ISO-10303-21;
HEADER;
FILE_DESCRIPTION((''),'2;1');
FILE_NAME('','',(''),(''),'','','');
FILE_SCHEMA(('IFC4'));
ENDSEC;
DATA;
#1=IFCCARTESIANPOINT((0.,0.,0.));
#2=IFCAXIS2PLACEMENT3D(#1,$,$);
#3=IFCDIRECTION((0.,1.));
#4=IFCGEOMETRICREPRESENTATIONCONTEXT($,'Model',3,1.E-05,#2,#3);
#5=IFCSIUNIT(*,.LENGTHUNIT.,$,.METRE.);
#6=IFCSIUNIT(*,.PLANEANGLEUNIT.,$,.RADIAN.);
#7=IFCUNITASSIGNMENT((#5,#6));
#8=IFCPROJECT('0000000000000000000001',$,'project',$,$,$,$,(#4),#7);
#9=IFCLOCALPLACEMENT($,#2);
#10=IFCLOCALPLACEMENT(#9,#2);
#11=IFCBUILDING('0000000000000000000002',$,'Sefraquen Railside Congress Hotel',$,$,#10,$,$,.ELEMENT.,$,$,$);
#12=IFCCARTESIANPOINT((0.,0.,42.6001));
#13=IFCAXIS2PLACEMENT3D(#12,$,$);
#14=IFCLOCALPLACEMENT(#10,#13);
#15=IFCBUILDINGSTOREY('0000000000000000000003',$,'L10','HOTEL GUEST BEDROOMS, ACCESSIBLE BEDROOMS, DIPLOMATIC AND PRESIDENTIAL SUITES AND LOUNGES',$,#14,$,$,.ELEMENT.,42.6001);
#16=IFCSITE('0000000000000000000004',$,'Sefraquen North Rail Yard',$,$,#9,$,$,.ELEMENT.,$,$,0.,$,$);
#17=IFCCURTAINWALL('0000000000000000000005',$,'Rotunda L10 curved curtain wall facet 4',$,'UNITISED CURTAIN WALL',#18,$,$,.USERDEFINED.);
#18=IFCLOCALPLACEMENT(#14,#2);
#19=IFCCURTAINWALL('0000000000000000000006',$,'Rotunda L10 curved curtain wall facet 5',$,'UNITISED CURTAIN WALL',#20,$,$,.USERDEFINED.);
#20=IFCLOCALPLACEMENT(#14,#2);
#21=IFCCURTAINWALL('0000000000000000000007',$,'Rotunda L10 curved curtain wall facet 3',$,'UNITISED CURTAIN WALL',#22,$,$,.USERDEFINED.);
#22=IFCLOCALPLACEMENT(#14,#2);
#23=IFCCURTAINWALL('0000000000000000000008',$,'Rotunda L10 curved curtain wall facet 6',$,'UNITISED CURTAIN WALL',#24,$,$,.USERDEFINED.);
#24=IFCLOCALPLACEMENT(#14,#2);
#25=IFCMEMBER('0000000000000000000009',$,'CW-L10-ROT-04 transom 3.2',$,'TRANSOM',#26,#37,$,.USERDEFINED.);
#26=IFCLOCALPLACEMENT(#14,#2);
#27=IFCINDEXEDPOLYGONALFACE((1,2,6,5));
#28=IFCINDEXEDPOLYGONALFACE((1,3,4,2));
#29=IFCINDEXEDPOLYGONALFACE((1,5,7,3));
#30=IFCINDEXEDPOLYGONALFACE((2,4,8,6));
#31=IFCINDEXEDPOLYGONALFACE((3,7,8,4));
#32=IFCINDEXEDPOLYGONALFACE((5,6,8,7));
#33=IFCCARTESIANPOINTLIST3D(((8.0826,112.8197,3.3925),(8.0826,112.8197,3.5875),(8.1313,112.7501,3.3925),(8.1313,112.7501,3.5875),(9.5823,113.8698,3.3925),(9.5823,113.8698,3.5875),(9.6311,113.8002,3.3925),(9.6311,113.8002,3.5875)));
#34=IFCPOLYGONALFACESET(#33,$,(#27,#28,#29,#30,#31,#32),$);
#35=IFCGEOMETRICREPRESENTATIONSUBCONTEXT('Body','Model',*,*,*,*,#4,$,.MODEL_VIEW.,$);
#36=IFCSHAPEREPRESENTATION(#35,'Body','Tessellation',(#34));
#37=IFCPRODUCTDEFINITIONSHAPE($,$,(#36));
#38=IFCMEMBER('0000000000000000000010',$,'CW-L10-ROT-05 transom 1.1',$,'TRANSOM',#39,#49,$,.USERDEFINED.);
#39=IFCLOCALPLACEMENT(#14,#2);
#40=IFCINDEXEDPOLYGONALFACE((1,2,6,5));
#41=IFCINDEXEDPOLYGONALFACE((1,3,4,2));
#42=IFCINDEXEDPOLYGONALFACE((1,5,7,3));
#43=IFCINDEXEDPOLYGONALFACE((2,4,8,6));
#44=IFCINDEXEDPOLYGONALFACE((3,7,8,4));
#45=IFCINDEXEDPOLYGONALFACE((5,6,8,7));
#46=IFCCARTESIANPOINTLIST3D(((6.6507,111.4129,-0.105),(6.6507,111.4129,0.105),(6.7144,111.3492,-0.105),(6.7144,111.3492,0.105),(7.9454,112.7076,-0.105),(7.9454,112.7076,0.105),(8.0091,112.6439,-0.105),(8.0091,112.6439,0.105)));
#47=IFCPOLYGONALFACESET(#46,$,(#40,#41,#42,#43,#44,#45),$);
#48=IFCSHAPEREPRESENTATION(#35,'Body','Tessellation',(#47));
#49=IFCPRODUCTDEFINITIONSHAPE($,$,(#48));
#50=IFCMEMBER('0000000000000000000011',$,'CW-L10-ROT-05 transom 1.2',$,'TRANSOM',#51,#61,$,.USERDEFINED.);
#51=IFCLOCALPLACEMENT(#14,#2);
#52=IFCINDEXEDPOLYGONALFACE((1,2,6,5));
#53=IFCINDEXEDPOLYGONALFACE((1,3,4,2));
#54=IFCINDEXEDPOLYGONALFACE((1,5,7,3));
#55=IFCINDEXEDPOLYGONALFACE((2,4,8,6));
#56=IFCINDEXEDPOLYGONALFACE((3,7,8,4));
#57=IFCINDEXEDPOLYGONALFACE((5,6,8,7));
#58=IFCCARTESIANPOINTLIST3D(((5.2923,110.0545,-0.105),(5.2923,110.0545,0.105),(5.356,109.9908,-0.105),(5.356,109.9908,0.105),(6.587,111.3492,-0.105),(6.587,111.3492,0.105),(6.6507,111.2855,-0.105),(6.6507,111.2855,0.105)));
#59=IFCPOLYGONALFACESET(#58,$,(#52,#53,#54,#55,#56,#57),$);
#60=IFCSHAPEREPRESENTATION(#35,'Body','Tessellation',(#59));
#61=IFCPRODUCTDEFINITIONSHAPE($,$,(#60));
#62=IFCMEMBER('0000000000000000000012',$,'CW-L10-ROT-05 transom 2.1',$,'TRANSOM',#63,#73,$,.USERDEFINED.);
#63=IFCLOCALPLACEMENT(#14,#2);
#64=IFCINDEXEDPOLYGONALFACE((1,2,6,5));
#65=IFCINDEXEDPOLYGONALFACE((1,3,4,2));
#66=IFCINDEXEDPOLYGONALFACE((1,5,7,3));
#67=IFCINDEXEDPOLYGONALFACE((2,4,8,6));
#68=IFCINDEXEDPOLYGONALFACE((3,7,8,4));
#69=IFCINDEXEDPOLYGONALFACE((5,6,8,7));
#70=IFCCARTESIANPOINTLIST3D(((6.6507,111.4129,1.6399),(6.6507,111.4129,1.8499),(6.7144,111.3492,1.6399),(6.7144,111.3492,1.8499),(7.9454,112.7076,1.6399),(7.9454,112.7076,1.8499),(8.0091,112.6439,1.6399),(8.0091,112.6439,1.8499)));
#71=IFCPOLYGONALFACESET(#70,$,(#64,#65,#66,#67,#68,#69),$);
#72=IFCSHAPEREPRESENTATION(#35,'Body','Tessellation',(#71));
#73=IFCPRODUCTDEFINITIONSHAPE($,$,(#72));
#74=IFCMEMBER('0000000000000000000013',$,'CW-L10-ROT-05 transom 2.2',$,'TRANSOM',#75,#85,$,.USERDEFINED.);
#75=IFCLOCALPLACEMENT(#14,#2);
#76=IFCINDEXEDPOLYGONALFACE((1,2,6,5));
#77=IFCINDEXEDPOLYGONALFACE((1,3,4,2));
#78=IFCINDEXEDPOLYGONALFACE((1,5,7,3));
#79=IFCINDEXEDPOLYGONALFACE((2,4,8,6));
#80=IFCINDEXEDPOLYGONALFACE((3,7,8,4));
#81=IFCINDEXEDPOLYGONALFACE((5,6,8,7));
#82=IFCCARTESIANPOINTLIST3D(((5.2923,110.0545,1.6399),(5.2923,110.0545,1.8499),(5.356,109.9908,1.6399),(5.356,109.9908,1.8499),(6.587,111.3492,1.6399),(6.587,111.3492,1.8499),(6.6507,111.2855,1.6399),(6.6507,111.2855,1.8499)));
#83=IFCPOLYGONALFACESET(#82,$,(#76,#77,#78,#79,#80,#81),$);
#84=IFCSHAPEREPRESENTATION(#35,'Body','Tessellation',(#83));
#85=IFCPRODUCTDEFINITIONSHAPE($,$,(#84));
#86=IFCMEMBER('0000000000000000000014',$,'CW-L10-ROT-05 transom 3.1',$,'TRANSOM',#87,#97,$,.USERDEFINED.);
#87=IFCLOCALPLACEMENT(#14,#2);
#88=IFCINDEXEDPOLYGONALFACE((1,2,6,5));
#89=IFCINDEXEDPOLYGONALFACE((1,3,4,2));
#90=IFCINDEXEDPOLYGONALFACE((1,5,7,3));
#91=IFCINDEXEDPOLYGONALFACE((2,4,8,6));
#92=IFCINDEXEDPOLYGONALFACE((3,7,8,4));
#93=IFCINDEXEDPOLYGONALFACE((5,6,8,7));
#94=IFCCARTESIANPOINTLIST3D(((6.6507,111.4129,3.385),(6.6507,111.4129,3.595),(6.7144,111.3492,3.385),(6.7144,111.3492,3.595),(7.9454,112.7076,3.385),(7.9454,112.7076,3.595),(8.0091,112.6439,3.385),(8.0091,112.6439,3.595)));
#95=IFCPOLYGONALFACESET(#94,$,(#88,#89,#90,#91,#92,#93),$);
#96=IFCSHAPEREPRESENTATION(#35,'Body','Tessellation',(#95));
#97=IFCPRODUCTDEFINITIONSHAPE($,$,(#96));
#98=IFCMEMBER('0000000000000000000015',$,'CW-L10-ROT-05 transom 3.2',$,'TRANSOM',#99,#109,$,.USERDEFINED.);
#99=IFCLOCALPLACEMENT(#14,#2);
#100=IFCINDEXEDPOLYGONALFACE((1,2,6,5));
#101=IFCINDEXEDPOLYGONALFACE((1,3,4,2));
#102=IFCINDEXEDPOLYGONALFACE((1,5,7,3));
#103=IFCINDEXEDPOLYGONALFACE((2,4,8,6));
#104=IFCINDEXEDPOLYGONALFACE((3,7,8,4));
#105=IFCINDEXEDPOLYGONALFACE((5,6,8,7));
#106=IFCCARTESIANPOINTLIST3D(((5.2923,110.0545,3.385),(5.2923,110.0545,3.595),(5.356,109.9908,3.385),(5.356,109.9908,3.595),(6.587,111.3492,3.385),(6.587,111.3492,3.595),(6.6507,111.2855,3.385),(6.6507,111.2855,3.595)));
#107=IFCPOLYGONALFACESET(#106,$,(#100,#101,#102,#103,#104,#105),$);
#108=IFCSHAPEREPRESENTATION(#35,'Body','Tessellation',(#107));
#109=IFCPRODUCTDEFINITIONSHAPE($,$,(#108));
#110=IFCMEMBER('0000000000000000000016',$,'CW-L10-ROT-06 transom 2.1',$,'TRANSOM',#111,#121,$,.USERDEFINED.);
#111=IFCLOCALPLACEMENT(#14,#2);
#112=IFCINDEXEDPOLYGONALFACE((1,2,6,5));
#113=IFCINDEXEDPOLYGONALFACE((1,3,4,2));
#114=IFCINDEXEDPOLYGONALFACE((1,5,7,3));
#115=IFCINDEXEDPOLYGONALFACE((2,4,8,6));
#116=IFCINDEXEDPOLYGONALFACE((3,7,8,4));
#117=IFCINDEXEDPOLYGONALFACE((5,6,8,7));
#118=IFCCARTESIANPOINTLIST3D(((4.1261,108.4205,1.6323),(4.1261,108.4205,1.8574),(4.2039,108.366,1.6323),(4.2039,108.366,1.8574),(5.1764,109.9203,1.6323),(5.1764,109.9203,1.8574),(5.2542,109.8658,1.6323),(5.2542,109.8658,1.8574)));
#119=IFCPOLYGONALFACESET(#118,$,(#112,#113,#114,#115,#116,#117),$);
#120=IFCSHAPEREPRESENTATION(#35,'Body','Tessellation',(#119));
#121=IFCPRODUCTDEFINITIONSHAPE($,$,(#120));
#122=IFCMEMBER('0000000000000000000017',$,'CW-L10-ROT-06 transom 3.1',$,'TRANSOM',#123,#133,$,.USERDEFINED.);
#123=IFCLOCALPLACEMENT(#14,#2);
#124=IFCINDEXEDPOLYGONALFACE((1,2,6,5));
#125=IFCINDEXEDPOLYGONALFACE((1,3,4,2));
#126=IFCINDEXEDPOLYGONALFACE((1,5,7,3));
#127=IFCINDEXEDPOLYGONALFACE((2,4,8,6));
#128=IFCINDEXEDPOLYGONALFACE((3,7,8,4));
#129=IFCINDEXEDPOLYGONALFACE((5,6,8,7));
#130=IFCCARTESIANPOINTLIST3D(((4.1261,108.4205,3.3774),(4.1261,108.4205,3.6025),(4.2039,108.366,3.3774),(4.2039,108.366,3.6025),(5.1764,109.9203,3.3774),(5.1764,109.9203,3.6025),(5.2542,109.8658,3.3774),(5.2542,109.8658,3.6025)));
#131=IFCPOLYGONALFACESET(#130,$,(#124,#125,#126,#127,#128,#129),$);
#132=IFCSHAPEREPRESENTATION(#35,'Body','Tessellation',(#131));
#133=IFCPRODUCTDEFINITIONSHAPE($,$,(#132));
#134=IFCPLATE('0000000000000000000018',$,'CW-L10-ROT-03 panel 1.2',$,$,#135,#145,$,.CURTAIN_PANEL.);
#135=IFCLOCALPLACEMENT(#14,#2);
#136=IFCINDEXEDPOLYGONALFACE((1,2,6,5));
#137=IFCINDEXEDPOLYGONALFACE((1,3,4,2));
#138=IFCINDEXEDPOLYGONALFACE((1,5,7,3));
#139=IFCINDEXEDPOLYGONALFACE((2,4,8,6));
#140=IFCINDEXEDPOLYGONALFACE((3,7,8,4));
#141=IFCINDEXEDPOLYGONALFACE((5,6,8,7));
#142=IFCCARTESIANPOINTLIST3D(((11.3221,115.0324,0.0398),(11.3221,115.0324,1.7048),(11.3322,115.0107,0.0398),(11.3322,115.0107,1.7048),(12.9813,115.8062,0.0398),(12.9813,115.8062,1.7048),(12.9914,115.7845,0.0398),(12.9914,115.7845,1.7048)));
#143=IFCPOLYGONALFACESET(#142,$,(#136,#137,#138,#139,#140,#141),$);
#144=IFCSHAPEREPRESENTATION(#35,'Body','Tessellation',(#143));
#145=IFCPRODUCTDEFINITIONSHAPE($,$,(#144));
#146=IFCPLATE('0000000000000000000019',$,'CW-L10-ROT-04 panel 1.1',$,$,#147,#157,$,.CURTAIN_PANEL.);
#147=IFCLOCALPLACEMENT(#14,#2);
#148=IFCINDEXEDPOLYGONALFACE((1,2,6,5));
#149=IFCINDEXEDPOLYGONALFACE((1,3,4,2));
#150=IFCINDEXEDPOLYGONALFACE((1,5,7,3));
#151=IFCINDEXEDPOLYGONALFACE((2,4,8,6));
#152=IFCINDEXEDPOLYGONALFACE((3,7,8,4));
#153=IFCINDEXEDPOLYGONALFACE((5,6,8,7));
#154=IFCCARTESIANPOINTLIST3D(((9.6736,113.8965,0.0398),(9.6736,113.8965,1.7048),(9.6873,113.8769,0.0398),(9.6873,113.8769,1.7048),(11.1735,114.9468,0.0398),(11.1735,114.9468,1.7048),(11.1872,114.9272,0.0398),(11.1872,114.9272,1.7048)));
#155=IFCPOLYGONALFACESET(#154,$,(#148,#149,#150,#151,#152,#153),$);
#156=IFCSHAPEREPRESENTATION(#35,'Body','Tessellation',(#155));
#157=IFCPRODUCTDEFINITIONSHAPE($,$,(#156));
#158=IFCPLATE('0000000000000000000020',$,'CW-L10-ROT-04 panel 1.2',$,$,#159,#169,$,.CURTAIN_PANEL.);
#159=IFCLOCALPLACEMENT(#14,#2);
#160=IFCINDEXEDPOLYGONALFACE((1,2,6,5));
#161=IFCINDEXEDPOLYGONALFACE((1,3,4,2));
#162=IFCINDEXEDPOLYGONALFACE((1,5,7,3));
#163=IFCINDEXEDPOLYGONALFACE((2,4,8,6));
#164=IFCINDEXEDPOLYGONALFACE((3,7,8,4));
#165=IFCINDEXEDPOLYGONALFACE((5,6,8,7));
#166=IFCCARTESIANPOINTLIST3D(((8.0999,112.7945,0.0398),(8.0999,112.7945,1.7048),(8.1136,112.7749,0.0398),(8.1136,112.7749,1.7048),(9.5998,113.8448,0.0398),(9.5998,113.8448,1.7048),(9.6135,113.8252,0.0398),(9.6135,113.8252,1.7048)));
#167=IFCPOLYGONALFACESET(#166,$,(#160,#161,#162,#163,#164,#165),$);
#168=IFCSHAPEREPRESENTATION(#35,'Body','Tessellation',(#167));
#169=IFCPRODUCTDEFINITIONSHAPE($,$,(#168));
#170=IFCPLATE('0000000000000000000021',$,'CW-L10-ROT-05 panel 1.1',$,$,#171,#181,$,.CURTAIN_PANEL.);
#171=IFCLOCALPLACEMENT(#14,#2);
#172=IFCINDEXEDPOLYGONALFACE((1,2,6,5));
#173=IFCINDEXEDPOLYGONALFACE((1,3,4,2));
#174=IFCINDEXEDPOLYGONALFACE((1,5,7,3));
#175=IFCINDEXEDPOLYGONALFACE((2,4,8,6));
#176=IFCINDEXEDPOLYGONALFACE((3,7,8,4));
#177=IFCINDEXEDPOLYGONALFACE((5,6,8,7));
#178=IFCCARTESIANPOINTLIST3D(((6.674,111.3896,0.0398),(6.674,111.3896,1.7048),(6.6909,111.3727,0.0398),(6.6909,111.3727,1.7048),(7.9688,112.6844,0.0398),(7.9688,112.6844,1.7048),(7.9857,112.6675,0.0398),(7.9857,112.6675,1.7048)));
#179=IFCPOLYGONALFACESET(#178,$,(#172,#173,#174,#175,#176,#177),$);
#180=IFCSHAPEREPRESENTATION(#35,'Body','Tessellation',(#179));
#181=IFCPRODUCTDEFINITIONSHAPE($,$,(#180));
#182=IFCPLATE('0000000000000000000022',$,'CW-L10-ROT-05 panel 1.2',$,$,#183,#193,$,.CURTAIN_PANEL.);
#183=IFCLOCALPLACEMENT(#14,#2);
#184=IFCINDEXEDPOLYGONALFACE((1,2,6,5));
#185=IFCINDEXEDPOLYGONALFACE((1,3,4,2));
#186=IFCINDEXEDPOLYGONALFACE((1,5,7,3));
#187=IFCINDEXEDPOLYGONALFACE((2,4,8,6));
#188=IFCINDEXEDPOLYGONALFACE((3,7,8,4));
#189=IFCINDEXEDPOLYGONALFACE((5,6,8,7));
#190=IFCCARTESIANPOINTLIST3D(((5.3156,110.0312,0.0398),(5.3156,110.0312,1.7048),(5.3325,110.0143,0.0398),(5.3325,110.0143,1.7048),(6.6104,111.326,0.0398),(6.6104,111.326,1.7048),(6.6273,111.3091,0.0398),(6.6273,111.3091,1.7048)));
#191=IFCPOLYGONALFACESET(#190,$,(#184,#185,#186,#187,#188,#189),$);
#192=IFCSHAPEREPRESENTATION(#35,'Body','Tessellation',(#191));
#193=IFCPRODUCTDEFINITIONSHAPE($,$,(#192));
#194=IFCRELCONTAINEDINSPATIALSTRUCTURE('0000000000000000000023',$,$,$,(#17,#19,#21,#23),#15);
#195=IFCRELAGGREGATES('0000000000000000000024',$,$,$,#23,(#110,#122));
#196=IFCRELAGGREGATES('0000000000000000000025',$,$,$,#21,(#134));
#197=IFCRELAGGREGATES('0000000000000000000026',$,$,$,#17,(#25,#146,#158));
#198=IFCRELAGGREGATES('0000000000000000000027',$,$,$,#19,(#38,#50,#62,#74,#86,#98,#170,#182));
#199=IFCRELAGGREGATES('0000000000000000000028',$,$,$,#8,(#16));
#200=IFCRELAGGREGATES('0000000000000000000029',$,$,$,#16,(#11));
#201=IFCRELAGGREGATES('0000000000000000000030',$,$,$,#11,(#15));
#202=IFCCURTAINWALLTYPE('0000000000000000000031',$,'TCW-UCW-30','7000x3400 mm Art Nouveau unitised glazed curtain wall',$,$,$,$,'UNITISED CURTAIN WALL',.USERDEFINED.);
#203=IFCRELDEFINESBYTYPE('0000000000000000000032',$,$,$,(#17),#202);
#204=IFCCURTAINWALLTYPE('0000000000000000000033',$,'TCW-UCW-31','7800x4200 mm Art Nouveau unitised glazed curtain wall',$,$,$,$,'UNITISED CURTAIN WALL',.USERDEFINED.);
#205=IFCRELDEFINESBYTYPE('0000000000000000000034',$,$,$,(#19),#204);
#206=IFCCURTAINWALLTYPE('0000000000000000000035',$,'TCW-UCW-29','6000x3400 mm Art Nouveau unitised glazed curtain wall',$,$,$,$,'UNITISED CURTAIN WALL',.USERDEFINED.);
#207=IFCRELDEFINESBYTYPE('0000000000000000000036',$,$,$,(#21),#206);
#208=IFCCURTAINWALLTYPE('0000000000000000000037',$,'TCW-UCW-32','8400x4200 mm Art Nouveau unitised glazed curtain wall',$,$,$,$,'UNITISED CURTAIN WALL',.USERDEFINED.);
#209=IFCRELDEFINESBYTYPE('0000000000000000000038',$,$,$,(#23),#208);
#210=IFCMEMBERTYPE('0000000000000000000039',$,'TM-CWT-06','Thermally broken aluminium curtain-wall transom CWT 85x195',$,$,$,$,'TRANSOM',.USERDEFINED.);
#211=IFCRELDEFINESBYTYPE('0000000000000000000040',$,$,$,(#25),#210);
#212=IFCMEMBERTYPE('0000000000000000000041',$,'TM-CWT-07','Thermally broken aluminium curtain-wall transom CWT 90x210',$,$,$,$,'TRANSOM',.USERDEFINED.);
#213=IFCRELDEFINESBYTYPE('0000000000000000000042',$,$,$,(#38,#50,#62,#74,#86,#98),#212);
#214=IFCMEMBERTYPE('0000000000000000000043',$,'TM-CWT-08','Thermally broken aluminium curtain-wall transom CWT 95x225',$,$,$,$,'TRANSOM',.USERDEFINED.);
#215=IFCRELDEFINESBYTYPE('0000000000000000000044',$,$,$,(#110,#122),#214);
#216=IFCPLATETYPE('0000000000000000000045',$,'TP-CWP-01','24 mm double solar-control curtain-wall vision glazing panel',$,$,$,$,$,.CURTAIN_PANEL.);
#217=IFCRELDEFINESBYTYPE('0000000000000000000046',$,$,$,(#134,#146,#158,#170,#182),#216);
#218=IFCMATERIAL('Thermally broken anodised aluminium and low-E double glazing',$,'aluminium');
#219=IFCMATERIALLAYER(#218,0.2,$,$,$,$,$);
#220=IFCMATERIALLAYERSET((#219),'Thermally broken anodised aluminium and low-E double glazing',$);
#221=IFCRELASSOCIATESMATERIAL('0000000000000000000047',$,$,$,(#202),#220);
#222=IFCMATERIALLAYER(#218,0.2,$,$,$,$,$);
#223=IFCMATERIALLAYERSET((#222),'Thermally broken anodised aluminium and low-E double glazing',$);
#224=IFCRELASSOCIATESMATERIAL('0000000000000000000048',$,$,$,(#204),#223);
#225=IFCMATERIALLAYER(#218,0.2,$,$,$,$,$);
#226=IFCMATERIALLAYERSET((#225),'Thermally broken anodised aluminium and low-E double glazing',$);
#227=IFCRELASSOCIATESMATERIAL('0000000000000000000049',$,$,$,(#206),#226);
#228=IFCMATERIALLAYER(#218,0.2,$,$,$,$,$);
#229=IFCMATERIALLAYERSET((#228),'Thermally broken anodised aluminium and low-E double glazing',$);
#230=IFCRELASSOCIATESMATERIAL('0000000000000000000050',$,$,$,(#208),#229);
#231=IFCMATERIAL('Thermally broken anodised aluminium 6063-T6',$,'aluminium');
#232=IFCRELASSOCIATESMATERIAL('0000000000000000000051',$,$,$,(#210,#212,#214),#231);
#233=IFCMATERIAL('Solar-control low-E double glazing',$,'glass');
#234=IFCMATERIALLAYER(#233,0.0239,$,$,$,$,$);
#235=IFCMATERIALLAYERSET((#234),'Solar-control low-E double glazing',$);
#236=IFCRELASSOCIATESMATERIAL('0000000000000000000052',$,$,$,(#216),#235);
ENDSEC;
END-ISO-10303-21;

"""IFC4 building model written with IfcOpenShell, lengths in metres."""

from ifc_helpers import new_model, si_unit, direction, frame, origin, origin_2d, place, context, subcontext, project, spatial, rectangle, extrude, material, layer, layer_set, material_profile, profile_set, type_object, element, aggregate, save


model = new_model("IFC4")

# Units and contexts
model_context = context("Model", 3, precision=1e-05, world=origin(), true_north=direction((0.0, 1.0)))
body_context = subcontext(model_context, "Body", "Model", "MODEL_VIEW")
ifc_project = project(units=[si_unit("LENGTHUNIT", "METRE"), si_unit("PLANEANGLEUNIT", "RADIAN")], contexts=[model_context])

# Site, building, storey
site_placement = place(None, origin())
site = spatial("IfcSite", under=ifc_project, at=site_placement, Name="Sefraquen North Rail Yard", CompositionType="ELEMENT", RefElevation=0.0)
building_placement = place(site_placement, origin())
building = spatial("IfcBuilding", under=site, at=building_placement, Name="Sefraquen Railside Congress Hotel", CompositionType="ELEMENT")
storey_placement = place(building_placement, frame((0.0, 0.0, 42.6001)))
storey = spatial("IfcBuildingStorey", under=building, at=storey_placement, Name="L10", Description="HOTEL GUEST BEDROOMS, ACCESSIBLE BEDROOMS, DIPLOMATIC AND PRESIDENTIAL SUITES AND LOUNGES", CompositionType="ELEMENT", Elevation=42.6001)

# Curtain walls
ifc_material_1 = material(Name="Thermally broken anodised aluminium and low-E double glazing", Category="aluminium")
ifc_layer_1 = layer(ifc_material_1, 0.2)
ifc_layer_set_1 = layer_set([ifc_layer_1], Name="Thermally broken anodised aluminium and low-E double glazing")
curtain_wall_type_1 = type_object("IfcCurtainWallType", Name="TCW-UCW-30", Description="7000x3400 mm Art Nouveau unitised glazed curtain wall", ElementType="UNITISED CURTAIN WALL", PredefinedType="USERDEFINED", material=ifc_layer_set_1)
curtain_wall_1_placement = place(storey_placement, origin())
curtain_wall_1 = element("IfcCurtainWall", 1, at=curtain_wall_1_placement, inside=storey, type_object=curtain_wall_type_1, Name="Rotunda L10 curved curtain wall facet 4", ObjectType="UNITISED CURTAIN WALL", PredefinedType="USERDEFINED")
ifc_material_2 = material(Name="Thermally broken anodised aluminium 6063-T6", Category="aluminium")
ifc_layer_2 = layer(ifc_material_1, 0.2)
ifc_layer_set_2 = layer_set([ifc_layer_2], Name="Thermally broken anodised aluminium and low-E double glazing")
curtain_wall_type_2 = type_object("IfcCurtainWallType", Name="TCW-UCW-31", Description="7800x4200 mm Art Nouveau unitised glazed curtain wall", ElementType="UNITISED CURTAIN WALL", PredefinedType="USERDEFINED", material=ifc_layer_set_2)
curtain_wall_2_placement = place(storey_placement, origin())
curtain_wall_2 = element("IfcCurtainWall", 2, at=curtain_wall_2_placement, inside=storey, type_object=curtain_wall_type_2, Name="Rotunda L10 curved curtain wall facet 5", ObjectType="UNITISED CURTAIN WALL", PredefinedType="USERDEFINED")
ifc_layer_3 = layer(ifc_material_1, 0.2)
ifc_layer_set_3 = layer_set([ifc_layer_3], Name="Thermally broken anodised aluminium and low-E double glazing")
curtain_wall_type_3 = type_object("IfcCurtainWallType", Name="TCW-UCW-29", Description="6000x3400 mm Art Nouveau unitised glazed curtain wall", ElementType="UNITISED CURTAIN WALL", PredefinedType="USERDEFINED", material=ifc_layer_set_3)
curtain_wall_3_placement = place(storey_placement, origin())
curtain_wall_3 = element("IfcCurtainWall", 3, at=curtain_wall_3_placement, inside=storey, type_object=curtain_wall_type_3, Name="Rotunda L10 curved curtain wall facet 3", ObjectType="UNITISED CURTAIN WALL", PredefinedType="USERDEFINED")

# Curtain wall
ifc_layer_4 = layer(ifc_material_1, 0.2)
ifc_layer_set_4 = layer_set([ifc_layer_4], Name="Thermally broken anodised aluminium and low-E double glazing")
curtain_wall_type_4 = type_object("IfcCurtainWallType", Name="TCW-UCW-32", Description="8400x4200 mm Art Nouveau unitised glazed curtain wall", ElementType="UNITISED CURTAIN WALL", PredefinedType="USERDEFINED", material=ifc_layer_set_4)
curtain_wall_4_placement = place(storey_placement, origin())
curtain_wall_4 = element("IfcCurtainWall", 4, at=curtain_wall_4_placement, inside=storey, type_object=curtain_wall_type_4, Name="Rotunda L10 curved curtain wall facet 6", ObjectType="UNITISED CURTAIN WALL", PredefinedType="USERDEFINED")

# Members
ifc_material_profile_1 = material_profile(ifc_material_2, rectangle(XDim=0.085, YDim=0.1951, at=origin_2d()), Name="CWT 85x195")
ifc_profile_set_1 = profile_set([ifc_material_profile_1], Name="Thermally broken anodised aluminium 6063-T6")
member_type_1 = type_object("IfcMemberType", Name="TM-CWT-06", Description="Thermally broken aluminium curtain-wall transom CWT 85x195", ElementType="TRANSOM", PredefinedType="USERDEFINED", material=ifc_profile_set_1)
member_1_placement = place(storey_placement, frame((9.6067, 113.835, 3.49), z_axis=(-0.819176, -0.573543, 0.0), x_axis=(0.573543, -0.819176, 0.0)))
member_1 = element("IfcMember", 5, at=member_1_placement, type_object=member_type_1, Name="CW-L10-ROT-04 transom 3.2", ObjectType="TRANSOM", PredefinedType="USERDEFINED", context=body_context, shape_type="SweptSolid", body=[
    extrude(rectangle(XDim=0.085, YDim=0.1951, at=origin_2d()), origin(), (0.0, 0.0, 1.0), 1.8308),
])
ifc_material_profile_2 = material_profile(ifc_material_2, rectangle(XDim=0.0901, YDim=0.21, at=origin_2d()), Name="CWT 90x210")
ifc_profile_set_2 = profile_set([ifc_material_profile_2], Name="Thermally broken anodised aluminium 6063-T6")
member_type_2 = type_object("IfcMemberType", Name="TM-CWT-07", Description="Thermally broken aluminium curtain-wall transom CWT 90x210", ElementType="TRANSOM", PredefinedType="USERDEFINED", material=ifc_profile_set_2)
member_2_placement = place(storey_placement, frame((7.9773, 112.6758, 0.0), z_axis=(-0.707107, -0.707107, 0.0), x_axis=(0.707107, -0.707107, 0.0)))
member_2 = element("IfcMember", 6, at=member_2_placement, type_object=member_type_2, Name="CW-L10-ROT-05 transom 1.1", ObjectType="TRANSOM", PredefinedType="USERDEFINED", context=body_context, shape_type="SweptSolid", body=[
    extrude(rectangle(XDim=0.0901, YDim=0.21, at=origin_2d()), origin(), (0.0, 0.0, 1.0), 1.8311),
])
member_3_placement = place(storey_placement, frame((6.6189, 111.3174, 0.0), z_axis=(-0.707107, -0.707107, 0.0), x_axis=(0.707107, -0.707107, 0.0)))
member_3 = element("IfcMember", 7, at=member_3_placement, type_object=member_type_2, Name="CW-L10-ROT-05 transom 1.2", ObjectType="TRANSOM", PredefinedType="USERDEFINED", context=body_context, shape_type="SweptSolid", body=[
    extrude(rectangle(XDim=0.0901, YDim=0.21, at=origin_2d()), origin(), (0.0, 0.0, 1.0), 1.8311),
])
member_4_placement = place(storey_placement, frame((7.9773, 112.6758, 1.7449), z_axis=(-0.707107, -0.707107, 0.0), x_axis=(0.707107, -0.707107, 0.0)))
member_4 = element("IfcMember", 8, at=member_4_placement, type_object=member_type_2, Name="CW-L10-ROT-05 transom 2.1", ObjectType="TRANSOM", PredefinedType="USERDEFINED", context=body_context, shape_type="SweptSolid", body=[
    extrude(rectangle(XDim=0.0901, YDim=0.21, at=origin_2d()), origin(), (0.0, 0.0, 1.0), 1.8311),
])
member_5_placement = place(storey_placement, frame((6.6189, 111.3174, 1.7449), z_axis=(-0.707107, -0.707107, 0.0), x_axis=(0.707107, -0.707107, 0.0)))
member_5 = element("IfcMember", 9, at=member_5_placement, type_object=member_type_2, Name="CW-L10-ROT-05 transom 2.2", ObjectType="TRANSOM", PredefinedType="USERDEFINED", context=body_context, shape_type="SweptSolid", body=[
    extrude(rectangle(XDim=0.0901, YDim=0.21, at=origin_2d()), origin(), (0.0, 0.0, 1.0), 1.8311),
])
member_6_placement = place(storey_placement, frame((7.9773, 112.6758, 3.49), z_axis=(-0.707107, -0.707107, 0.0), x_axis=(0.707107, -0.707107, 0.0)))
member_6 = element("IfcMember", 10, at=member_6_placement, type_object=member_type_2, Name="CW-L10-ROT-05 transom 3.1", ObjectType="TRANSOM", PredefinedType="USERDEFINED", context=body_context, shape_type="SweptSolid", body=[
    extrude(rectangle(XDim=0.0901, YDim=0.21, at=origin_2d()), origin(), (0.0, 0.0, 1.0), 1.8311),
])
member_7_placement = place(storey_placement, frame((6.6189, 111.3174, 3.49), z_axis=(-0.707107, -0.707107, 0.0), x_axis=(0.707107, -0.707107, 0.0)))
member_7 = element("IfcMember", 11, at=member_7_placement, type_object=member_type_2, Name="CW-L10-ROT-05 transom 3.2", ObjectType="TRANSOM", PredefinedType="USERDEFINED", context=body_context, shape_type="SweptSolid", body=[
    extrude(rectangle(XDim=0.0901, YDim=0.21, at=origin_2d()), origin(), (0.0, 0.0, 1.0), 1.8311),
])
ifc_material_profile_3 = material_profile(ifc_material_2, rectangle(XDim=0.095, YDim=0.2251, at=origin_2d()), Name="CWT 95x225")
ifc_profile_set_3 = profile_set([ifc_material_profile_3], Name="Thermally broken anodised aluminium 6063-T6")
member_type_3 = type_object("IfcMemberType", Name="TM-CWT-08", Description="Thermally broken aluminium curtain-wall transom CWT 95x225", ElementType="TRANSOM", PredefinedType="USERDEFINED", material=ifc_profile_set_3)
member_8_placement = place(storey_placement, frame((5.2153, 109.8931, 1.7449), z_axis=(-0.573632, -0.819113, 0.0), x_axis=(0.819113, -0.573632, 0.0)))
member_8 = element("IfcMember", 12, at=member_8_placement, type_object=member_type_3, Name="CW-L10-ROT-06 transom 2.1", ObjectType="TRANSOM", PredefinedType="USERDEFINED", context=body_context, shape_type="SweptSolid", body=[
    extrude(rectangle(XDim=0.095, YDim=0.2251, at=origin_2d()), origin(), (0.0, 0.0, 1.0), 1.8311),
])
member_9_placement = place(storey_placement, frame((5.2153, 109.8931, 3.49), z_axis=(-0.573632, -0.819113, 0.0), x_axis=(0.819113, -0.573632, 0.0)))
member_9 = element("IfcMember", 13, at=member_9_placement, type_object=member_type_3, Name="CW-L10-ROT-06 transom 3.1", ObjectType="TRANSOM", PredefinedType="USERDEFINED", context=body_context, shape_type="SweptSolid", body=[
    extrude(rectangle(XDim=0.095, YDim=0.2251, at=origin_2d()), origin(), (0.0, 0.0, 1.0), 1.8311),
])
aggregate(curtain_wall_4, [member_8, member_9])

# Plates
ifc_material_3 = material(Name="Solar-control low-E double glazing", Category="glass")
ifc_layer_5 = layer(ifc_material_3, 0.0239)
ifc_layer_set_5 = layer_set([ifc_layer_5], Name="Solar-control low-E double glazing")
plate_type_1 = type_object("IfcPlateType", Name="TP-CWP-01", Description="24 mm double solar-control curtain-wall vision glazing panel", PredefinedType="CURTAIN_PANEL", material=ifc_layer_set_5)
plate_1_placement = place(storey_placement, frame((12.1567, 115.4084, 0.0398), z_axis=(0.0, 0.0, 1.0), x_axis=(-0.9063, -0.422634, 0.0)))
plate_1 = element("IfcPlate", 14, at=plate_1_placement, type_object=plate_type_1, Name="CW-L10-ROT-03 panel 1.2", PredefinedType="CURTAIN_PANEL", context=body_context, shape_type="SweptSolid", body=[
    extrude(rectangle(XDim=1.8308, YDim=0.0239, at=origin_2d()), origin(), (0.0, 0.0, 1.0), 1.665),
])
plate_2_placement = place(storey_placement, frame((10.4304, 114.4119, 0.0398), z_axis=(0.0, 0.0, 1.0), x_axis=(-0.819132, -0.573605, 0.0)))
plate_2 = element("IfcPlate", 15, at=plate_2_placement, type_object=plate_type_1, Name="CW-L10-ROT-04 panel 1.1", PredefinedType="CURTAIN_PANEL", context=body_context, shape_type="SweptSolid", body=[
    extrude(rectangle(XDim=1.8311, YDim=0.0239, at=origin_2d()), origin(), (0.0, 0.0, 1.0), 1.665),
])
plate_3_placement = place(storey_placement, frame((8.8567, 113.3098, 0.0398), z_axis=(0.0, 0.0, 1.0), x_axis=(-0.819132, -0.573605, 0.0)))
plate_3 = element("IfcPlate", 16, at=plate_3_placement, type_object=plate_type_1, Name="CW-L10-ROT-04 panel 1.2", PredefinedType="CURTAIN_PANEL", context=body_context, shape_type="SweptSolid", body=[
    extrude(rectangle(XDim=1.8311, YDim=0.0239, at=origin_2d()), origin(), (0.0, 0.0, 1.0), 1.665),
])
plate_4_placement = place(storey_placement, frame((7.3298, 112.0286, 0.0398), z_axis=(0.0, 0.0, 1.0), x_axis=(-0.707107, -0.707107, 0.0)))
plate_4 = element("IfcPlate", 17, at=plate_4_placement, type_object=plate_type_1, Name="CW-L10-ROT-05 panel 1.1", PredefinedType="CURTAIN_PANEL", context=body_context, shape_type="SweptSolid", body=[
    extrude(rectangle(XDim=1.8311, YDim=0.0239, at=origin_2d()), origin(), (0.0, 0.0, 1.0), 1.665),
])
plate_5_placement = place(storey_placement, frame((5.9714, 110.6702, 0.0398), z_axis=(0.0, 0.0, 1.0), x_axis=(-0.707107, -0.707107, 0.0)))
plate_5 = element("IfcPlate", 18, at=plate_5_placement, type_object=plate_type_1, Name="CW-L10-ROT-05 panel 1.2", PredefinedType="CURTAIN_PANEL", context=body_context, shape_type="SweptSolid", body=[
    extrude(rectangle(XDim=1.8311, YDim=0.0239, at=origin_2d()), origin(), (0.0, 0.0, 1.0), 1.665),
])
aggregate(curtain_wall_3, [plate_1])
aggregate(curtain_wall_1, [member_1, plate_2, plate_3])
aggregate(curtain_wall_2, [member_2, member_3, member_4, member_5, member_6, member_7, plate_4, plate_5])

save(model, "model.ifc")
